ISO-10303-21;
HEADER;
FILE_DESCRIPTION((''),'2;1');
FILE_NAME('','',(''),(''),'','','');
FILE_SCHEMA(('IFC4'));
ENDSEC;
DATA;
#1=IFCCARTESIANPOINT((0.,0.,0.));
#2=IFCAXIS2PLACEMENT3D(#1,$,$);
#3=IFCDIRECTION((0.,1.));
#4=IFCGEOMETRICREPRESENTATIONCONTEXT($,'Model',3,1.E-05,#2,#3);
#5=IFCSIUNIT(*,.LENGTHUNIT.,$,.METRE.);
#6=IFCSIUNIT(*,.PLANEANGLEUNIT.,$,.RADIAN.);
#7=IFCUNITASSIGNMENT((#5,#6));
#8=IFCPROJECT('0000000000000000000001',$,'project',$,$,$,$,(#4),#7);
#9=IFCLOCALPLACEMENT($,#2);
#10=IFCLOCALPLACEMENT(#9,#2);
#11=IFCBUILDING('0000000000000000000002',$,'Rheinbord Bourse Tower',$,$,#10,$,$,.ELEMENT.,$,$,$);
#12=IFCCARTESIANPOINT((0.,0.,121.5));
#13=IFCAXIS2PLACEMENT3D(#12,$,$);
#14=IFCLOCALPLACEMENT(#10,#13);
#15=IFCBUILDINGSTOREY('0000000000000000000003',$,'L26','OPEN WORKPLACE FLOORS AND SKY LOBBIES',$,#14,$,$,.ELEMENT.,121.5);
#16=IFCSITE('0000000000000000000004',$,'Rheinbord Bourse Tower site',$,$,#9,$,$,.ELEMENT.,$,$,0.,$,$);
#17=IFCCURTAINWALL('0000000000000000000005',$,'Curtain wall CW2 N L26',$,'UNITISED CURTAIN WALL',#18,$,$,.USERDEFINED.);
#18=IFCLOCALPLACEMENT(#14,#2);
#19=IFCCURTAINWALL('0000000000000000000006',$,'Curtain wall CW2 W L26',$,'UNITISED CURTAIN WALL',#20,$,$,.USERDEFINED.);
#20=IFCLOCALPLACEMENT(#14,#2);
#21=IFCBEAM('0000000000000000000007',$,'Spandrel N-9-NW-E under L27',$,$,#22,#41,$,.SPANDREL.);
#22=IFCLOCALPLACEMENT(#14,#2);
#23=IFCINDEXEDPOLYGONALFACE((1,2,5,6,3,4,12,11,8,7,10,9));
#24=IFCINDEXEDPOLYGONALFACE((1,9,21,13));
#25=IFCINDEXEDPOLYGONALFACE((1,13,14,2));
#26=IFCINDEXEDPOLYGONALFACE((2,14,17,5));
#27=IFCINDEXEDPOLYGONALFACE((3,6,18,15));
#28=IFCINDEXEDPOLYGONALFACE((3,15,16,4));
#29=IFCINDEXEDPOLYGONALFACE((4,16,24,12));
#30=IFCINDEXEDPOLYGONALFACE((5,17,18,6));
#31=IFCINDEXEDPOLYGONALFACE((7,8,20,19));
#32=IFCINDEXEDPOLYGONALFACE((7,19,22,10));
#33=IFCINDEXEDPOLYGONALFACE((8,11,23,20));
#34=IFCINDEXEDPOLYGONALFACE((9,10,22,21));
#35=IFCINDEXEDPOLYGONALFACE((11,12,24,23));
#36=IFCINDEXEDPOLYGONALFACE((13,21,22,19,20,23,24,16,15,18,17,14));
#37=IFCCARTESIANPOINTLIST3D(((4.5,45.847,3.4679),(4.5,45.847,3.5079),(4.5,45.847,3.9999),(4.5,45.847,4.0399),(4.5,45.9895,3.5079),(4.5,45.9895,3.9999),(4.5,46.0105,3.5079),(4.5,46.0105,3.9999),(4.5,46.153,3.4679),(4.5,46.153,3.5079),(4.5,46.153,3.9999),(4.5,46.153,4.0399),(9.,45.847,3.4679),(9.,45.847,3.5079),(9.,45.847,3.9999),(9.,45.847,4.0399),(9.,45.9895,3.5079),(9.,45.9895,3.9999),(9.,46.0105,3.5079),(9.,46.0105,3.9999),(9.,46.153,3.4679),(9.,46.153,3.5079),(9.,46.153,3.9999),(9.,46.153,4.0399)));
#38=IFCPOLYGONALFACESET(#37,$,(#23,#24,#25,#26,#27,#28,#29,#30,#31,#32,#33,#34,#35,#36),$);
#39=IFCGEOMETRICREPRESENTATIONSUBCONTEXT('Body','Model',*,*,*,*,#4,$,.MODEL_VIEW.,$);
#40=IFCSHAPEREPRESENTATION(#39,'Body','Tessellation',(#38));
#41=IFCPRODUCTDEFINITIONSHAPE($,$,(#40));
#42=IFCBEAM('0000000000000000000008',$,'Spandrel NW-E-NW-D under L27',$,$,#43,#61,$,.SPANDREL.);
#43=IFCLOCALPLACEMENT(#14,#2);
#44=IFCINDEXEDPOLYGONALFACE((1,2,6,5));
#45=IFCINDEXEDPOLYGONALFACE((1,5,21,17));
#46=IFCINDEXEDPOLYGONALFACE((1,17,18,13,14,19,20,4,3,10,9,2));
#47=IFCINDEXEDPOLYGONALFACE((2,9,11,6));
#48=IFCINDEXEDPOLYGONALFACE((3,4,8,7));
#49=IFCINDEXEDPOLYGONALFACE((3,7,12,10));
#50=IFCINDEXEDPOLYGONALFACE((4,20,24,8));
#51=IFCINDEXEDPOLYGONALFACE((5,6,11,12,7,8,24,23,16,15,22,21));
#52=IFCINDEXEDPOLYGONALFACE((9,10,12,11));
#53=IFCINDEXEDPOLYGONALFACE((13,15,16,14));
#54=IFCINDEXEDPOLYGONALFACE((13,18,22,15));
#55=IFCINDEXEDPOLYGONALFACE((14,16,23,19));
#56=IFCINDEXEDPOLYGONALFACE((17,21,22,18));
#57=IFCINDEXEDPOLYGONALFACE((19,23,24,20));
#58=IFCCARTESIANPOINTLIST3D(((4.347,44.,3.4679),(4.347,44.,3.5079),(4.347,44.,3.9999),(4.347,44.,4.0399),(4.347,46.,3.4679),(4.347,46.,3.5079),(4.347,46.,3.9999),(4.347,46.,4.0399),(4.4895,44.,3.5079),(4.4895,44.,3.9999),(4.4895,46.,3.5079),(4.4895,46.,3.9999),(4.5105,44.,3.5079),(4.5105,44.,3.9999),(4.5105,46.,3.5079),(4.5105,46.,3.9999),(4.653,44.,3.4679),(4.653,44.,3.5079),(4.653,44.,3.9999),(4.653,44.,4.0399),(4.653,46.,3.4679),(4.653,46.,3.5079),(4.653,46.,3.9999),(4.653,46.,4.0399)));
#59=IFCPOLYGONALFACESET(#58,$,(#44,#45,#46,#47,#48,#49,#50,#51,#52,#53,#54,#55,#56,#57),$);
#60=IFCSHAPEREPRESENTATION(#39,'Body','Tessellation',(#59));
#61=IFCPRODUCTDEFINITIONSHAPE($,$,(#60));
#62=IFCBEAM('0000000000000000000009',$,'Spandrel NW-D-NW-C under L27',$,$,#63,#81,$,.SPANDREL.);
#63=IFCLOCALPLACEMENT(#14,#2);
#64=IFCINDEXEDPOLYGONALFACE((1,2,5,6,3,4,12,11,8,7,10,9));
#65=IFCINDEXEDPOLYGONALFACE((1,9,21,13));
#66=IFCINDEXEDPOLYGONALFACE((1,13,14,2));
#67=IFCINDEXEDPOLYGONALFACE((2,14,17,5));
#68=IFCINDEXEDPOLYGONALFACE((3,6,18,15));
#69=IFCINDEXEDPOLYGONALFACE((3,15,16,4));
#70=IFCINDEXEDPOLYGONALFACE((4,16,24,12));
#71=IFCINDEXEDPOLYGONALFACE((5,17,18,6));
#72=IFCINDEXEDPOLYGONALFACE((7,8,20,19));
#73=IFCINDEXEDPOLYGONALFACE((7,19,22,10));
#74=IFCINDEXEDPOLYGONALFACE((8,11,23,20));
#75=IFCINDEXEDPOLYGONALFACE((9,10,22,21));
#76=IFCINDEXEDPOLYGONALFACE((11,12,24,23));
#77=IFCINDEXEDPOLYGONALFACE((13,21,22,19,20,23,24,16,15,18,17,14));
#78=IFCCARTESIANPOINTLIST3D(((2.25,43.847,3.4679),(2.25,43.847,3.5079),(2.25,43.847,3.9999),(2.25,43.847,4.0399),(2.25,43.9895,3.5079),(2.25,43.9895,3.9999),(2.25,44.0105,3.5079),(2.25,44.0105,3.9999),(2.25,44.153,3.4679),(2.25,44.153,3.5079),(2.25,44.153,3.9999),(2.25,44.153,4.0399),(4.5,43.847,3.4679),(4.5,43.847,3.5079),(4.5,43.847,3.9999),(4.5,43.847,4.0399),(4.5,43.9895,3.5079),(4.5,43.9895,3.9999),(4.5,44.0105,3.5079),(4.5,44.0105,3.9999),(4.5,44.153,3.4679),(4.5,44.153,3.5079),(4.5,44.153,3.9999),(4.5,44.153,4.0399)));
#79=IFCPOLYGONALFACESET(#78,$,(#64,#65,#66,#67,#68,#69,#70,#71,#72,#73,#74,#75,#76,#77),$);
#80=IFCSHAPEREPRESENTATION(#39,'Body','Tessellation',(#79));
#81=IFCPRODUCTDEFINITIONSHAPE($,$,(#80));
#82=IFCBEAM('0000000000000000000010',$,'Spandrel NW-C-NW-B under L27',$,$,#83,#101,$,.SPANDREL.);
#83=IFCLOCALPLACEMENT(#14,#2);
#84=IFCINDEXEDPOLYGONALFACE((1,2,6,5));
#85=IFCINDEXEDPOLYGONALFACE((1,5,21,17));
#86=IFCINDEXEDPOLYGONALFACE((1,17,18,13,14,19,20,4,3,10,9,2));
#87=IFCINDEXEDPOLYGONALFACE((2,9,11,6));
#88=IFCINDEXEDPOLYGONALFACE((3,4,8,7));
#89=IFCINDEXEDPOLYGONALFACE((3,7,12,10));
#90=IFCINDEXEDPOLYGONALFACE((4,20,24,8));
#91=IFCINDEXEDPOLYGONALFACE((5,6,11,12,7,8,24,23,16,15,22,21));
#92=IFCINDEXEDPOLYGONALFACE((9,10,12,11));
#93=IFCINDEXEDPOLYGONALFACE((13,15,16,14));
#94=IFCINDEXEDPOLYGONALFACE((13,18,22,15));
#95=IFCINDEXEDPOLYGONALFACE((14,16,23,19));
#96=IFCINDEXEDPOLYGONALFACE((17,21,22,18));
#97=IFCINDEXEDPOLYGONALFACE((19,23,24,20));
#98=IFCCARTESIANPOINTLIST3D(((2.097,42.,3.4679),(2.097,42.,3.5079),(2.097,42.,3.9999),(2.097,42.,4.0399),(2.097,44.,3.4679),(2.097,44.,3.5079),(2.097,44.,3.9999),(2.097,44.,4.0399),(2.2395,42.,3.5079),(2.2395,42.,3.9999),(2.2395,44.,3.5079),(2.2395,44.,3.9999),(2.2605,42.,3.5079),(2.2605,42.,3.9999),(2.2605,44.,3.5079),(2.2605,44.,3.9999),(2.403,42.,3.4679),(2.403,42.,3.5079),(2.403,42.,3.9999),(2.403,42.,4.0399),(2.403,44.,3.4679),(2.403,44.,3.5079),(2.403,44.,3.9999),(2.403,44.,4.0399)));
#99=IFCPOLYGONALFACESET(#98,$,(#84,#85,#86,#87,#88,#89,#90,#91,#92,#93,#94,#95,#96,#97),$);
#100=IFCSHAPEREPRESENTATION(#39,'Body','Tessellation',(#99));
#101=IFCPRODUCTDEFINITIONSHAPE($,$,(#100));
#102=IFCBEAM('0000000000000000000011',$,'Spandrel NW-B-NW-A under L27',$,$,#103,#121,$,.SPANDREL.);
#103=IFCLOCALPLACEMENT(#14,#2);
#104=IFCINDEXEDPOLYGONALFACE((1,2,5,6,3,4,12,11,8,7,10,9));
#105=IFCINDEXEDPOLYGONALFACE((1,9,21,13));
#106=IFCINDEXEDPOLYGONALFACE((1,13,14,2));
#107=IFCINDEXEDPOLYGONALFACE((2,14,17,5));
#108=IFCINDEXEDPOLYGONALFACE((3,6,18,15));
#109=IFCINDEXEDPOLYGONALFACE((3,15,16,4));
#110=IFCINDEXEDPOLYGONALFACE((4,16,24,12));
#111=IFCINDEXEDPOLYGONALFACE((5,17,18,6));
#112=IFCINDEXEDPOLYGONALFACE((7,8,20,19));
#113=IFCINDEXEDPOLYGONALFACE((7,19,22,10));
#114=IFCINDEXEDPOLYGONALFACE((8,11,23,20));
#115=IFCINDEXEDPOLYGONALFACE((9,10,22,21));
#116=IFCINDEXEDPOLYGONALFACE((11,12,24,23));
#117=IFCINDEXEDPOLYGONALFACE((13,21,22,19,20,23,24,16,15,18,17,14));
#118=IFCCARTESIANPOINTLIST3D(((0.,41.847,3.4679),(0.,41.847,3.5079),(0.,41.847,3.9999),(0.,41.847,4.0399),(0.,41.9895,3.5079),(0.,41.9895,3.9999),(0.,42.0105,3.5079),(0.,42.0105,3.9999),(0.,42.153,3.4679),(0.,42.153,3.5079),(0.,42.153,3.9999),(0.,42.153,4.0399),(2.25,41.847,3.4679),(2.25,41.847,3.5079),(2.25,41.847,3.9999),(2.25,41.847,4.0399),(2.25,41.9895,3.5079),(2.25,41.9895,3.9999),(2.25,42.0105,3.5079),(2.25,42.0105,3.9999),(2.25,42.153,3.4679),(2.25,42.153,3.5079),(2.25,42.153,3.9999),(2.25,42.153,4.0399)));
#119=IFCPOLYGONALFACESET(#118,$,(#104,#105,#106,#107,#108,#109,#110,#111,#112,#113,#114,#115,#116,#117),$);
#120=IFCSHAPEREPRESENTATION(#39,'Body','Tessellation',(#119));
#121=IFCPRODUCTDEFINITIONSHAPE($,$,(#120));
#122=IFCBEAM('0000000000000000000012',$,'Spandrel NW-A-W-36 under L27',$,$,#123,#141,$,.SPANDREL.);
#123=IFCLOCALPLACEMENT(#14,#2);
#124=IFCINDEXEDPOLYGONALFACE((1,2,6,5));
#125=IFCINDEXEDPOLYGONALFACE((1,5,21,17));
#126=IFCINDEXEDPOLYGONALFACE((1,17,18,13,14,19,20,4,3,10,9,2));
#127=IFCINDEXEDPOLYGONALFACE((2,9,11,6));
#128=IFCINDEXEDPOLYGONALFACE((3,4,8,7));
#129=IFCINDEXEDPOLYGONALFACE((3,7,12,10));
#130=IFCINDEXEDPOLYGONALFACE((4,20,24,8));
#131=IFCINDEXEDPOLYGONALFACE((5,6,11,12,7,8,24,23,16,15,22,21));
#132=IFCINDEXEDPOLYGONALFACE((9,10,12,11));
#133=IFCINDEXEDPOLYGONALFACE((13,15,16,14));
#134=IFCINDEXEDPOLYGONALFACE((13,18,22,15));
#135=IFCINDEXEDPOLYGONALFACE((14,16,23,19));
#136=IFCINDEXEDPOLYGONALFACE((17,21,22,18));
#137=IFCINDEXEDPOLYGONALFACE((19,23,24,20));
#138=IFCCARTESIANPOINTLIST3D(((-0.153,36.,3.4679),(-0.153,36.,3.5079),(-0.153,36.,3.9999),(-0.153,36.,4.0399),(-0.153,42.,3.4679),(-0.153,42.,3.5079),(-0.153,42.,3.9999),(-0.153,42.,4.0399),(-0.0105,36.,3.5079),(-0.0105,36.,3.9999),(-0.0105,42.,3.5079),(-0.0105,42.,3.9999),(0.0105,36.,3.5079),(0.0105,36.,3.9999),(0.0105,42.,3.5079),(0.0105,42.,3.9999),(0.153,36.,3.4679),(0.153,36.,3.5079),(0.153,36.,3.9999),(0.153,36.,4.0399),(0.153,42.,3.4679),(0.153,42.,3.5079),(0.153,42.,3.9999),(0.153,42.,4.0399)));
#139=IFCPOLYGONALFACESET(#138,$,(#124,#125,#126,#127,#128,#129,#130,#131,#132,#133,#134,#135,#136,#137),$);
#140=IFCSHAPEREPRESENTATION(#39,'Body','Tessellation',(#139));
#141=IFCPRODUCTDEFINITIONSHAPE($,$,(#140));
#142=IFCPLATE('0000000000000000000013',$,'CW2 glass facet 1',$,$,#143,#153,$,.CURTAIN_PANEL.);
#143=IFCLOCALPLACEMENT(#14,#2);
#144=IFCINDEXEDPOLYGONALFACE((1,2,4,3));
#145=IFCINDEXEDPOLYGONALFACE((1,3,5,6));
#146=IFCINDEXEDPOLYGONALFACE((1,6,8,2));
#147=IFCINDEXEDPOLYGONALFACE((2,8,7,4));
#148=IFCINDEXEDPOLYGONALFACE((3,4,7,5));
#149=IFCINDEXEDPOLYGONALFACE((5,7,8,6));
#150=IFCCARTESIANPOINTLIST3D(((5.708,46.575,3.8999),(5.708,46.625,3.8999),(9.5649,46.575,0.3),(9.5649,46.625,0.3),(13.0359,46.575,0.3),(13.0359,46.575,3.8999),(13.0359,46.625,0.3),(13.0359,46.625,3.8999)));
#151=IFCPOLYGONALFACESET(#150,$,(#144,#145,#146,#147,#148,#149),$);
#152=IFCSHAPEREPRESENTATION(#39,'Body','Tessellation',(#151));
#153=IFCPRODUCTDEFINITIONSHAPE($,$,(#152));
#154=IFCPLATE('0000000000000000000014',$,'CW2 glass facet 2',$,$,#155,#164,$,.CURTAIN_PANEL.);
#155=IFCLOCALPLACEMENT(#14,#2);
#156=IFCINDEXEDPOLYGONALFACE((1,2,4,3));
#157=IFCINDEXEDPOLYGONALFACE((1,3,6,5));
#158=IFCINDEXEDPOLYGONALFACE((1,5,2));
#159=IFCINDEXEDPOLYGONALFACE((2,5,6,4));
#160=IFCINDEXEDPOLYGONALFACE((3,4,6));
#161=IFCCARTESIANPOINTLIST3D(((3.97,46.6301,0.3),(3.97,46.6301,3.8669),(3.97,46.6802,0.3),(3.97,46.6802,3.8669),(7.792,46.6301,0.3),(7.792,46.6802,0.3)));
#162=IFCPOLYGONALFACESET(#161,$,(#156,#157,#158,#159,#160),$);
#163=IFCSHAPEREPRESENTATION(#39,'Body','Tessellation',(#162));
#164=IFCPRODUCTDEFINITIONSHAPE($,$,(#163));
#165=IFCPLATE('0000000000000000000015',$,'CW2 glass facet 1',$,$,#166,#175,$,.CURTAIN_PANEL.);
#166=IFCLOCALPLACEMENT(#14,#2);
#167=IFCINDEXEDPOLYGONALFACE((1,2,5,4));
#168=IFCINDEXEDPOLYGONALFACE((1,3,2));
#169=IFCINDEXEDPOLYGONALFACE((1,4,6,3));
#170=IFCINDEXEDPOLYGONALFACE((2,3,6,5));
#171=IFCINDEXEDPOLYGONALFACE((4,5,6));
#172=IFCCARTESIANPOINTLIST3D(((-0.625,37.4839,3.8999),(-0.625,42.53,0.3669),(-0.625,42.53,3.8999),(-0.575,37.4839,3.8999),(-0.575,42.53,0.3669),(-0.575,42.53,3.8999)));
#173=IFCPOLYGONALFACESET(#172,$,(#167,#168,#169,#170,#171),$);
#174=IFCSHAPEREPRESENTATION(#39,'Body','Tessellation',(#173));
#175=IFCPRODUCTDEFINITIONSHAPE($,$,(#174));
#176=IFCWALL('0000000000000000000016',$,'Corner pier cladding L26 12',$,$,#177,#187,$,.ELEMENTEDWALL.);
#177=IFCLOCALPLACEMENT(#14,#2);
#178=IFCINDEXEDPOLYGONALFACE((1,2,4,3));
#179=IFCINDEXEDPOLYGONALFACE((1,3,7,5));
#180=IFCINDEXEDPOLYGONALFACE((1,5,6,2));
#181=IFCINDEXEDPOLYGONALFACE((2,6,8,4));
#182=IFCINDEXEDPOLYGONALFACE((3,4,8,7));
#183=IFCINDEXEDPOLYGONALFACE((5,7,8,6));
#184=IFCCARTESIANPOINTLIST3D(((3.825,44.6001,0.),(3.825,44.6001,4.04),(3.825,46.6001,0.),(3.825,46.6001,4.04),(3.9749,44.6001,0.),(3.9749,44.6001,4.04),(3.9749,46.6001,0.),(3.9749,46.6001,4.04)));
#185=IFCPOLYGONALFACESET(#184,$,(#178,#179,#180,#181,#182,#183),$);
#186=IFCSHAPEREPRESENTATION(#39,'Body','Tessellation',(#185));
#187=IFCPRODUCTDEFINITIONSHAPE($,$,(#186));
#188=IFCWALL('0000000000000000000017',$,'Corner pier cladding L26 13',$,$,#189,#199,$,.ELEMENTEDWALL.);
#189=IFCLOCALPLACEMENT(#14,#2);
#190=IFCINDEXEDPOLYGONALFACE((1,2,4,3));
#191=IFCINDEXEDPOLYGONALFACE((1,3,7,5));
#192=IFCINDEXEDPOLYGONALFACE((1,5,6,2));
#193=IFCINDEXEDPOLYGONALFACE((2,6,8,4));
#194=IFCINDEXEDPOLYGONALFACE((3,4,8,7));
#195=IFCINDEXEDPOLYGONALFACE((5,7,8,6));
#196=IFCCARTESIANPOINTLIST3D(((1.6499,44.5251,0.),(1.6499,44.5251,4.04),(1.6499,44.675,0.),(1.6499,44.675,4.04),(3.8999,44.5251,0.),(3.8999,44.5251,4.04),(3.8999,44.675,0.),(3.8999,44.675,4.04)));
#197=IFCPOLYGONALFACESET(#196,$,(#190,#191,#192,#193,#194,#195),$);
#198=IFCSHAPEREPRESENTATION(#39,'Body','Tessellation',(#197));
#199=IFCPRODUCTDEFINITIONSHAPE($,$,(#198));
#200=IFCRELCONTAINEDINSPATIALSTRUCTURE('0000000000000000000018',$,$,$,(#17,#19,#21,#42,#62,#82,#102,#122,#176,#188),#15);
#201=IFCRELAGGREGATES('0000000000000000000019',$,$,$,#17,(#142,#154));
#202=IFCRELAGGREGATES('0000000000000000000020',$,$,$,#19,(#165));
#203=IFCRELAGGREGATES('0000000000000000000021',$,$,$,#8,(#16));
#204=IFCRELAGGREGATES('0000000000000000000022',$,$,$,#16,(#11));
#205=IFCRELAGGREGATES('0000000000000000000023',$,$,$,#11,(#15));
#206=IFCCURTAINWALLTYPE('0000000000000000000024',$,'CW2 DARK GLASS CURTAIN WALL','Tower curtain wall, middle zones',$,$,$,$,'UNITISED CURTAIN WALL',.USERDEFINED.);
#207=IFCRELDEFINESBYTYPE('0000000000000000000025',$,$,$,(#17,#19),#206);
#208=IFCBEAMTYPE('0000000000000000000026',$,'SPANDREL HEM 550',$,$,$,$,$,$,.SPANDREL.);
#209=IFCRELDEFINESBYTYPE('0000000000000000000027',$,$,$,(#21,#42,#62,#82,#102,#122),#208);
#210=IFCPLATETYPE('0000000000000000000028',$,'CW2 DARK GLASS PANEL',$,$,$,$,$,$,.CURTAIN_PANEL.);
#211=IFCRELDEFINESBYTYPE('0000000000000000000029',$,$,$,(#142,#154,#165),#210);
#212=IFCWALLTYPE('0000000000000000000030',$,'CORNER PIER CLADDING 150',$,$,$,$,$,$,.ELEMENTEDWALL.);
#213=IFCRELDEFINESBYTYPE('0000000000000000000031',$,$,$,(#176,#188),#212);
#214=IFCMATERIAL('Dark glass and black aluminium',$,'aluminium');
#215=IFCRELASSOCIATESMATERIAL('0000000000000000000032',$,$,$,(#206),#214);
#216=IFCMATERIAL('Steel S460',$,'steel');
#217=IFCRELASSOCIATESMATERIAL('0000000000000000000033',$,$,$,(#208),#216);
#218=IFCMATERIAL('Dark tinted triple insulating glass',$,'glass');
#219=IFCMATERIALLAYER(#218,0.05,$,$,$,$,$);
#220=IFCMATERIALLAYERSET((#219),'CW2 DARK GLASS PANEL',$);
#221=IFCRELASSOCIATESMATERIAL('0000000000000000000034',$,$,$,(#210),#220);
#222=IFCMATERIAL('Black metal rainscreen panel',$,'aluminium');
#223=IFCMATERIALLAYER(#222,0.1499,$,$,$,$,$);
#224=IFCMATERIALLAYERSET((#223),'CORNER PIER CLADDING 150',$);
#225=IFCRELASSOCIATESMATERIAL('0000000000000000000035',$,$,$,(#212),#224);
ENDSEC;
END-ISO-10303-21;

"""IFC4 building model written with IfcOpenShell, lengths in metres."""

from ifc_helpers import new_model, si_unit, direction, frame, frame_2d, origin, origin_2d, place, context, subcontext, project, spatial, polyline, rectangle, i_section, outline, extrude, material, layer, layer_set, material_profile, profile_set, type_object, element, aggregate, save


model = new_model("IFC4")

# Units and contexts
model_context = context("Model", 3, precision=1e-05, world=origin(), true_north=direction((0.0, 1.0)))
body_context = subcontext(model_context, "Body", "Model", "MODEL_VIEW")
ifc_project = project(units=[si_unit("LENGTHUNIT", "METRE"), si_unit("PLANEANGLEUNIT", "RADIAN")], contexts=[model_context])

# Site, building, storey
site_placement = place(None, origin())
site = spatial("IfcSite", under=ifc_project, at=site_placement, Name="Rheinbord Bourse Tower site", CompositionType="ELEMENT", RefElevation=0.0)
building_placement = place(site_placement, origin())
building = spatial("IfcBuilding", under=site, at=building_placement, Name="Rheinbord Bourse Tower", CompositionType="ELEMENT")
storey_placement = place(building_placement, frame((0.0, 0.0, 121.5)))
storey = spatial("IfcBuildingStorey", under=building, at=storey_placement, Name="L26", Description="OPEN WORKPLACE FLOORS AND SKY LOBBIES", CompositionType="ELEMENT", Elevation=121.5)

# Curtain wall
ifc_material_1 = material(Name="Dark glass and black aluminium", Category="aluminium")
curtain_wall_type = type_object("IfcCurtainWallType", Name="CW2 DARK GLASS CURTAIN WALL", Description="Tower curtain wall, middle zones", ElementType="UNITISED CURTAIN WALL", PredefinedType="USERDEFINED", material=ifc_material_1)
curtain_wall_1_placement = place(storey_placement, origin())
curtain_wall_1 = element("IfcCurtainWall", 1, at=curtain_wall_1_placement, inside=storey, type_object=curtain_wall_type, Name="Curtain wall CW2 N L26", ObjectType="UNITISED CURTAIN WALL", PredefinedType="USERDEFINED")

# Curtain wall
curtain_wall_2_placement = place(storey_placement, origin())
curtain_wall_2 = element("IfcCurtainWall", 2, at=curtain_wall_2_placement, inside=storey, type_object=curtain_wall_type, Name="Curtain wall CW2 W L26", ObjectType="UNITISED CURTAIN WALL", PredefinedType="USERDEFINED")

# Beams
ifc_material_2 = material(Name="Steel S460", Category="steel")
ifc_material_profile_1 = material_profile(ifc_material_2, i_section(OverallWidth=0.3059, OverallDepth=0.572, WebThickness=0.021, FlangeThickness=0.04, at=origin_2d()), Name="HEM 550")
ifc_profile_set_1 = profile_set([ifc_material_profile_1], Name="Steel S460")
beam_type_1 = type_object("IfcBeamType", Name="SPANDREL HEM 550", PredefinedType="SPANDREL", material=ifc_profile_set_1)
beam_1_placement = place(storey_placement, frame((9.0, 46.0, 3.7539), z_axis=(-1.0, 0.0, 0.0), x_axis=(0.0, -1.0, 0.0)))
element("IfcBeam", 3, at=beam_1_placement, inside=storey, type_object=beam_type_1, Name="Spandrel N-9-NW-E under L27", PredefinedType="SPANDREL", context=body_context, shape_type="SweptSolid", body=[
    extrude(i_section(OverallWidth=0.3059, OverallDepth=0.572, WebThickness=0.021, FlangeThickness=0.04, at=origin_2d()), origin(), (0.0, 0.0, 1.0), 4.5),
])
beam_2_placement = place(storey_placement, frame((4.5, 46.0, 3.7539), z_axis=(0.0, -1.0, 0.0), x_axis=(1.0, 0.0, 0.0)))
element("IfcBeam", 4, at=beam_2_placement, inside=storey, type_object=beam_type_1, Name="Spandrel NW-E-NW-D under L27", PredefinedType="SPANDREL", context=body_context, shape_type="SweptSolid", body=[
    extrude(i_section(OverallWidth=0.3059, OverallDepth=0.572, WebThickness=0.021, FlangeThickness=0.04, at=origin_2d()), origin(), (0.0, 0.0, 1.0), 2.0),
])
beam_3_placement = place(storey_placement, frame((4.5, 44.0, 3.7539), z_axis=(-1.0, 0.0, 0.0), x_axis=(0.0, -1.0, 0.0)))
element("IfcBeam", 5, at=beam_3_placement, inside=storey, type_object=beam_type_1, Name="Spandrel NW-D-NW-C under L27", PredefinedType="SPANDREL", context=body_context, shape_type="SweptSolid", body=[
    extrude(i_section(OverallWidth=0.3059, OverallDepth=0.572, WebThickness=0.021, FlangeThickness=0.04, at=origin_2d()), origin(), (0.0, 0.0, 1.0), 2.25),
])
beam_4_placement = place(storey_placement, frame((2.25, 44.0, 3.7539), z_axis=(0.0, -1.0, 0.0), x_axis=(1.0, 0.0, 0.0)))
element("IfcBeam", 6, at=beam_4_placement, inside=storey, type_object=beam_type_1, Name="Spandrel NW-C-NW-B under L27", PredefinedType="SPANDREL", context=body_context, shape_type="SweptSolid", body=[
    extrude(i_section(OverallWidth=0.3059, OverallDepth=0.572, WebThickness=0.021, FlangeThickness=0.04, at=origin_2d()), origin(), (0.0, 0.0, 1.0), 2.0),
])
beam_5_placement = place(storey_placement, frame((2.25, 42.0, 3.7539), z_axis=(-1.0, 0.0, 0.0), x_axis=(0.0, -1.0, 0.0)))
element("IfcBeam", 7, at=beam_5_placement, inside=storey, type_object=beam_type_1, Name="Spandrel NW-B-NW-A under L27", PredefinedType="SPANDREL", context=body_context, shape_type="SweptSolid", body=[
    extrude(i_section(OverallWidth=0.3059, OverallDepth=0.572, WebThickness=0.021, FlangeThickness=0.04, at=origin_2d()), origin(), (0.0, 0.0, 1.0), 2.25),
])
beam_6_placement = place(storey_placement, frame((0.0, 42.0, 3.7539), z_axis=(0.0, -1.0, 0.0), x_axis=(1.0, 0.0, 0.0)))
element("IfcBeam", 8, at=beam_6_placement, inside=storey, type_object=beam_type_1, Name="Spandrel NW-A-W-36 under L27", PredefinedType="SPANDREL", context=body_context, shape_type="SweptSolid", body=[
    extrude(i_section(OverallWidth=0.3059, OverallDepth=0.572, WebThickness=0.021, FlangeThickness=0.04, at=origin_2d()), origin(), (0.0, 0.0, 1.0), 6.0),
])

# Plates
ifc_material_3 = material(Name="Dark tinted triple insulating glass", Category="glass")
ifc_layer_1 = layer(ifc_material_3, 0.05)
ifc_layer_set_1 = layer_set([ifc_layer_1], Name="CW2 DARK GLASS PANEL")
plate_type = type_object("IfcPlateType", Name="CW2 DARK GLASS PANEL", PredefinedType="CURTAIN_PANEL", material=ifc_layer_set_1)
plate_1_placement = place(storey_placement, frame((13.0359, 46.625, 0.3), z_axis=(0.0, -1.0, 0.0), x_axis=(0.0, 0.0, 1.0)))
plate_1 = element("IfcPlate", 9, at=plate_1_placement, type_object=plate_type, Name="CW2 glass facet 1", PredefinedType="CURTAIN_PANEL", context=body_context, shape_type="SweptSolid", body=[
    extrude(outline(polyline([(0.0, 0.0), (3.5999, 0.0), (3.5999, 7.3279), (0.0, 3.4709), (0.0, 0.0)])), origin(), (0.0, 0.0, 1.0), 0.05),
])
plate_2_placement = place(storey_placement, frame((3.97, 46.6802, 0.3), z_axis=(0.0, -1.0, 0.0), x_axis=(1.0, 0.0, 0.0)))
plate_2 = element("IfcPlate", 10, at=plate_2_placement, type_object=plate_type, Name="CW2 glass facet 2", PredefinedType="CURTAIN_PANEL", context=body_context, shape_type="SweptSolid", body=[
    extrude(outline(polyline([(0.0, 0.0), (3.822, 0.0), (0.0, 3.5669), (0.0, 0.0)])), origin(), (0.0, 0.0, 1.0), 0.05),
])
aggregate(curtain_wall_1, [plate_1, plate_2])
plate_3_placement = place(storey_placement, frame((-0.625, 42.53, 3.8999), z_axis=(1.0, 0.0, 0.0), x_axis=(0.0, -1.0, 0.0)))
plate_3 = element("IfcPlate", 11, at=plate_3_placement, type_object=plate_type, Name="CW2 glass facet 1", PredefinedType="CURTAIN_PANEL", context=body_context, shape_type="SweptSolid", body=[
    extrude(outline(polyline([(0.0, 0.0), (5.0461, 0.0), (0.0, 3.533), (0.0, 0.0)])), origin(), (0.0, 0.0, 1.0), 0.05),
])
aggregate(curtain_wall_2, [plate_3])

# Walls
ifc_material_4 = material(Name="Black metal rainscreen panel", Category="aluminium")
ifc_layer_2 = layer(ifc_material_4, 0.1499)
ifc_layer_set_2 = layer_set([ifc_layer_2], Name="CORNER PIER CLADDING 150")
wall_type = type_object("IfcWallType", Name="CORNER PIER CLADDING 150", PredefinedType="ELEMENTEDWALL", material=ifc_layer_set_2)
wall_1_placement = place(storey_placement, frame((3.8999, 46.6001, 0.0), z_axis=(0.0, 0.0, 1.0), x_axis=(0.0, -1.0, 0.0)))
element("IfcWall", 12, at=wall_1_placement, inside=storey, type_object=wall_type, Name="Corner pier cladding L26 12", PredefinedType="ELEMENTEDWALL", context=body_context, shape_type="SweptSolid", body=[
    extrude(rectangle(XDim=2.0, YDim=0.1499, at=frame_2d((1.0, 0.0))), origin(), (0.0, 0.0, 1.0), 4.04),
])
wall_2_placement = place(storey_placement, frame((3.8999, 44.6001, 0.0), z_axis=(0.0, 0.0, 1.0), x_axis=(-1.0, 0.0, 0.0)))
element("IfcWall", 13, at=wall_2_placement, inside=storey, type_object=wall_type, Name="Corner pier cladding L26 13", PredefinedType="ELEMENTEDWALL", context=body_context, shape_type="SweptSolid", body=[
    extrude(rectangle(XDim=2.25, YDim=0.1499, at=frame_2d((1.125, 0.0))), origin(), (0.0, 0.0, 1.0), 4.04),
])

save(model, "model.ifc")
